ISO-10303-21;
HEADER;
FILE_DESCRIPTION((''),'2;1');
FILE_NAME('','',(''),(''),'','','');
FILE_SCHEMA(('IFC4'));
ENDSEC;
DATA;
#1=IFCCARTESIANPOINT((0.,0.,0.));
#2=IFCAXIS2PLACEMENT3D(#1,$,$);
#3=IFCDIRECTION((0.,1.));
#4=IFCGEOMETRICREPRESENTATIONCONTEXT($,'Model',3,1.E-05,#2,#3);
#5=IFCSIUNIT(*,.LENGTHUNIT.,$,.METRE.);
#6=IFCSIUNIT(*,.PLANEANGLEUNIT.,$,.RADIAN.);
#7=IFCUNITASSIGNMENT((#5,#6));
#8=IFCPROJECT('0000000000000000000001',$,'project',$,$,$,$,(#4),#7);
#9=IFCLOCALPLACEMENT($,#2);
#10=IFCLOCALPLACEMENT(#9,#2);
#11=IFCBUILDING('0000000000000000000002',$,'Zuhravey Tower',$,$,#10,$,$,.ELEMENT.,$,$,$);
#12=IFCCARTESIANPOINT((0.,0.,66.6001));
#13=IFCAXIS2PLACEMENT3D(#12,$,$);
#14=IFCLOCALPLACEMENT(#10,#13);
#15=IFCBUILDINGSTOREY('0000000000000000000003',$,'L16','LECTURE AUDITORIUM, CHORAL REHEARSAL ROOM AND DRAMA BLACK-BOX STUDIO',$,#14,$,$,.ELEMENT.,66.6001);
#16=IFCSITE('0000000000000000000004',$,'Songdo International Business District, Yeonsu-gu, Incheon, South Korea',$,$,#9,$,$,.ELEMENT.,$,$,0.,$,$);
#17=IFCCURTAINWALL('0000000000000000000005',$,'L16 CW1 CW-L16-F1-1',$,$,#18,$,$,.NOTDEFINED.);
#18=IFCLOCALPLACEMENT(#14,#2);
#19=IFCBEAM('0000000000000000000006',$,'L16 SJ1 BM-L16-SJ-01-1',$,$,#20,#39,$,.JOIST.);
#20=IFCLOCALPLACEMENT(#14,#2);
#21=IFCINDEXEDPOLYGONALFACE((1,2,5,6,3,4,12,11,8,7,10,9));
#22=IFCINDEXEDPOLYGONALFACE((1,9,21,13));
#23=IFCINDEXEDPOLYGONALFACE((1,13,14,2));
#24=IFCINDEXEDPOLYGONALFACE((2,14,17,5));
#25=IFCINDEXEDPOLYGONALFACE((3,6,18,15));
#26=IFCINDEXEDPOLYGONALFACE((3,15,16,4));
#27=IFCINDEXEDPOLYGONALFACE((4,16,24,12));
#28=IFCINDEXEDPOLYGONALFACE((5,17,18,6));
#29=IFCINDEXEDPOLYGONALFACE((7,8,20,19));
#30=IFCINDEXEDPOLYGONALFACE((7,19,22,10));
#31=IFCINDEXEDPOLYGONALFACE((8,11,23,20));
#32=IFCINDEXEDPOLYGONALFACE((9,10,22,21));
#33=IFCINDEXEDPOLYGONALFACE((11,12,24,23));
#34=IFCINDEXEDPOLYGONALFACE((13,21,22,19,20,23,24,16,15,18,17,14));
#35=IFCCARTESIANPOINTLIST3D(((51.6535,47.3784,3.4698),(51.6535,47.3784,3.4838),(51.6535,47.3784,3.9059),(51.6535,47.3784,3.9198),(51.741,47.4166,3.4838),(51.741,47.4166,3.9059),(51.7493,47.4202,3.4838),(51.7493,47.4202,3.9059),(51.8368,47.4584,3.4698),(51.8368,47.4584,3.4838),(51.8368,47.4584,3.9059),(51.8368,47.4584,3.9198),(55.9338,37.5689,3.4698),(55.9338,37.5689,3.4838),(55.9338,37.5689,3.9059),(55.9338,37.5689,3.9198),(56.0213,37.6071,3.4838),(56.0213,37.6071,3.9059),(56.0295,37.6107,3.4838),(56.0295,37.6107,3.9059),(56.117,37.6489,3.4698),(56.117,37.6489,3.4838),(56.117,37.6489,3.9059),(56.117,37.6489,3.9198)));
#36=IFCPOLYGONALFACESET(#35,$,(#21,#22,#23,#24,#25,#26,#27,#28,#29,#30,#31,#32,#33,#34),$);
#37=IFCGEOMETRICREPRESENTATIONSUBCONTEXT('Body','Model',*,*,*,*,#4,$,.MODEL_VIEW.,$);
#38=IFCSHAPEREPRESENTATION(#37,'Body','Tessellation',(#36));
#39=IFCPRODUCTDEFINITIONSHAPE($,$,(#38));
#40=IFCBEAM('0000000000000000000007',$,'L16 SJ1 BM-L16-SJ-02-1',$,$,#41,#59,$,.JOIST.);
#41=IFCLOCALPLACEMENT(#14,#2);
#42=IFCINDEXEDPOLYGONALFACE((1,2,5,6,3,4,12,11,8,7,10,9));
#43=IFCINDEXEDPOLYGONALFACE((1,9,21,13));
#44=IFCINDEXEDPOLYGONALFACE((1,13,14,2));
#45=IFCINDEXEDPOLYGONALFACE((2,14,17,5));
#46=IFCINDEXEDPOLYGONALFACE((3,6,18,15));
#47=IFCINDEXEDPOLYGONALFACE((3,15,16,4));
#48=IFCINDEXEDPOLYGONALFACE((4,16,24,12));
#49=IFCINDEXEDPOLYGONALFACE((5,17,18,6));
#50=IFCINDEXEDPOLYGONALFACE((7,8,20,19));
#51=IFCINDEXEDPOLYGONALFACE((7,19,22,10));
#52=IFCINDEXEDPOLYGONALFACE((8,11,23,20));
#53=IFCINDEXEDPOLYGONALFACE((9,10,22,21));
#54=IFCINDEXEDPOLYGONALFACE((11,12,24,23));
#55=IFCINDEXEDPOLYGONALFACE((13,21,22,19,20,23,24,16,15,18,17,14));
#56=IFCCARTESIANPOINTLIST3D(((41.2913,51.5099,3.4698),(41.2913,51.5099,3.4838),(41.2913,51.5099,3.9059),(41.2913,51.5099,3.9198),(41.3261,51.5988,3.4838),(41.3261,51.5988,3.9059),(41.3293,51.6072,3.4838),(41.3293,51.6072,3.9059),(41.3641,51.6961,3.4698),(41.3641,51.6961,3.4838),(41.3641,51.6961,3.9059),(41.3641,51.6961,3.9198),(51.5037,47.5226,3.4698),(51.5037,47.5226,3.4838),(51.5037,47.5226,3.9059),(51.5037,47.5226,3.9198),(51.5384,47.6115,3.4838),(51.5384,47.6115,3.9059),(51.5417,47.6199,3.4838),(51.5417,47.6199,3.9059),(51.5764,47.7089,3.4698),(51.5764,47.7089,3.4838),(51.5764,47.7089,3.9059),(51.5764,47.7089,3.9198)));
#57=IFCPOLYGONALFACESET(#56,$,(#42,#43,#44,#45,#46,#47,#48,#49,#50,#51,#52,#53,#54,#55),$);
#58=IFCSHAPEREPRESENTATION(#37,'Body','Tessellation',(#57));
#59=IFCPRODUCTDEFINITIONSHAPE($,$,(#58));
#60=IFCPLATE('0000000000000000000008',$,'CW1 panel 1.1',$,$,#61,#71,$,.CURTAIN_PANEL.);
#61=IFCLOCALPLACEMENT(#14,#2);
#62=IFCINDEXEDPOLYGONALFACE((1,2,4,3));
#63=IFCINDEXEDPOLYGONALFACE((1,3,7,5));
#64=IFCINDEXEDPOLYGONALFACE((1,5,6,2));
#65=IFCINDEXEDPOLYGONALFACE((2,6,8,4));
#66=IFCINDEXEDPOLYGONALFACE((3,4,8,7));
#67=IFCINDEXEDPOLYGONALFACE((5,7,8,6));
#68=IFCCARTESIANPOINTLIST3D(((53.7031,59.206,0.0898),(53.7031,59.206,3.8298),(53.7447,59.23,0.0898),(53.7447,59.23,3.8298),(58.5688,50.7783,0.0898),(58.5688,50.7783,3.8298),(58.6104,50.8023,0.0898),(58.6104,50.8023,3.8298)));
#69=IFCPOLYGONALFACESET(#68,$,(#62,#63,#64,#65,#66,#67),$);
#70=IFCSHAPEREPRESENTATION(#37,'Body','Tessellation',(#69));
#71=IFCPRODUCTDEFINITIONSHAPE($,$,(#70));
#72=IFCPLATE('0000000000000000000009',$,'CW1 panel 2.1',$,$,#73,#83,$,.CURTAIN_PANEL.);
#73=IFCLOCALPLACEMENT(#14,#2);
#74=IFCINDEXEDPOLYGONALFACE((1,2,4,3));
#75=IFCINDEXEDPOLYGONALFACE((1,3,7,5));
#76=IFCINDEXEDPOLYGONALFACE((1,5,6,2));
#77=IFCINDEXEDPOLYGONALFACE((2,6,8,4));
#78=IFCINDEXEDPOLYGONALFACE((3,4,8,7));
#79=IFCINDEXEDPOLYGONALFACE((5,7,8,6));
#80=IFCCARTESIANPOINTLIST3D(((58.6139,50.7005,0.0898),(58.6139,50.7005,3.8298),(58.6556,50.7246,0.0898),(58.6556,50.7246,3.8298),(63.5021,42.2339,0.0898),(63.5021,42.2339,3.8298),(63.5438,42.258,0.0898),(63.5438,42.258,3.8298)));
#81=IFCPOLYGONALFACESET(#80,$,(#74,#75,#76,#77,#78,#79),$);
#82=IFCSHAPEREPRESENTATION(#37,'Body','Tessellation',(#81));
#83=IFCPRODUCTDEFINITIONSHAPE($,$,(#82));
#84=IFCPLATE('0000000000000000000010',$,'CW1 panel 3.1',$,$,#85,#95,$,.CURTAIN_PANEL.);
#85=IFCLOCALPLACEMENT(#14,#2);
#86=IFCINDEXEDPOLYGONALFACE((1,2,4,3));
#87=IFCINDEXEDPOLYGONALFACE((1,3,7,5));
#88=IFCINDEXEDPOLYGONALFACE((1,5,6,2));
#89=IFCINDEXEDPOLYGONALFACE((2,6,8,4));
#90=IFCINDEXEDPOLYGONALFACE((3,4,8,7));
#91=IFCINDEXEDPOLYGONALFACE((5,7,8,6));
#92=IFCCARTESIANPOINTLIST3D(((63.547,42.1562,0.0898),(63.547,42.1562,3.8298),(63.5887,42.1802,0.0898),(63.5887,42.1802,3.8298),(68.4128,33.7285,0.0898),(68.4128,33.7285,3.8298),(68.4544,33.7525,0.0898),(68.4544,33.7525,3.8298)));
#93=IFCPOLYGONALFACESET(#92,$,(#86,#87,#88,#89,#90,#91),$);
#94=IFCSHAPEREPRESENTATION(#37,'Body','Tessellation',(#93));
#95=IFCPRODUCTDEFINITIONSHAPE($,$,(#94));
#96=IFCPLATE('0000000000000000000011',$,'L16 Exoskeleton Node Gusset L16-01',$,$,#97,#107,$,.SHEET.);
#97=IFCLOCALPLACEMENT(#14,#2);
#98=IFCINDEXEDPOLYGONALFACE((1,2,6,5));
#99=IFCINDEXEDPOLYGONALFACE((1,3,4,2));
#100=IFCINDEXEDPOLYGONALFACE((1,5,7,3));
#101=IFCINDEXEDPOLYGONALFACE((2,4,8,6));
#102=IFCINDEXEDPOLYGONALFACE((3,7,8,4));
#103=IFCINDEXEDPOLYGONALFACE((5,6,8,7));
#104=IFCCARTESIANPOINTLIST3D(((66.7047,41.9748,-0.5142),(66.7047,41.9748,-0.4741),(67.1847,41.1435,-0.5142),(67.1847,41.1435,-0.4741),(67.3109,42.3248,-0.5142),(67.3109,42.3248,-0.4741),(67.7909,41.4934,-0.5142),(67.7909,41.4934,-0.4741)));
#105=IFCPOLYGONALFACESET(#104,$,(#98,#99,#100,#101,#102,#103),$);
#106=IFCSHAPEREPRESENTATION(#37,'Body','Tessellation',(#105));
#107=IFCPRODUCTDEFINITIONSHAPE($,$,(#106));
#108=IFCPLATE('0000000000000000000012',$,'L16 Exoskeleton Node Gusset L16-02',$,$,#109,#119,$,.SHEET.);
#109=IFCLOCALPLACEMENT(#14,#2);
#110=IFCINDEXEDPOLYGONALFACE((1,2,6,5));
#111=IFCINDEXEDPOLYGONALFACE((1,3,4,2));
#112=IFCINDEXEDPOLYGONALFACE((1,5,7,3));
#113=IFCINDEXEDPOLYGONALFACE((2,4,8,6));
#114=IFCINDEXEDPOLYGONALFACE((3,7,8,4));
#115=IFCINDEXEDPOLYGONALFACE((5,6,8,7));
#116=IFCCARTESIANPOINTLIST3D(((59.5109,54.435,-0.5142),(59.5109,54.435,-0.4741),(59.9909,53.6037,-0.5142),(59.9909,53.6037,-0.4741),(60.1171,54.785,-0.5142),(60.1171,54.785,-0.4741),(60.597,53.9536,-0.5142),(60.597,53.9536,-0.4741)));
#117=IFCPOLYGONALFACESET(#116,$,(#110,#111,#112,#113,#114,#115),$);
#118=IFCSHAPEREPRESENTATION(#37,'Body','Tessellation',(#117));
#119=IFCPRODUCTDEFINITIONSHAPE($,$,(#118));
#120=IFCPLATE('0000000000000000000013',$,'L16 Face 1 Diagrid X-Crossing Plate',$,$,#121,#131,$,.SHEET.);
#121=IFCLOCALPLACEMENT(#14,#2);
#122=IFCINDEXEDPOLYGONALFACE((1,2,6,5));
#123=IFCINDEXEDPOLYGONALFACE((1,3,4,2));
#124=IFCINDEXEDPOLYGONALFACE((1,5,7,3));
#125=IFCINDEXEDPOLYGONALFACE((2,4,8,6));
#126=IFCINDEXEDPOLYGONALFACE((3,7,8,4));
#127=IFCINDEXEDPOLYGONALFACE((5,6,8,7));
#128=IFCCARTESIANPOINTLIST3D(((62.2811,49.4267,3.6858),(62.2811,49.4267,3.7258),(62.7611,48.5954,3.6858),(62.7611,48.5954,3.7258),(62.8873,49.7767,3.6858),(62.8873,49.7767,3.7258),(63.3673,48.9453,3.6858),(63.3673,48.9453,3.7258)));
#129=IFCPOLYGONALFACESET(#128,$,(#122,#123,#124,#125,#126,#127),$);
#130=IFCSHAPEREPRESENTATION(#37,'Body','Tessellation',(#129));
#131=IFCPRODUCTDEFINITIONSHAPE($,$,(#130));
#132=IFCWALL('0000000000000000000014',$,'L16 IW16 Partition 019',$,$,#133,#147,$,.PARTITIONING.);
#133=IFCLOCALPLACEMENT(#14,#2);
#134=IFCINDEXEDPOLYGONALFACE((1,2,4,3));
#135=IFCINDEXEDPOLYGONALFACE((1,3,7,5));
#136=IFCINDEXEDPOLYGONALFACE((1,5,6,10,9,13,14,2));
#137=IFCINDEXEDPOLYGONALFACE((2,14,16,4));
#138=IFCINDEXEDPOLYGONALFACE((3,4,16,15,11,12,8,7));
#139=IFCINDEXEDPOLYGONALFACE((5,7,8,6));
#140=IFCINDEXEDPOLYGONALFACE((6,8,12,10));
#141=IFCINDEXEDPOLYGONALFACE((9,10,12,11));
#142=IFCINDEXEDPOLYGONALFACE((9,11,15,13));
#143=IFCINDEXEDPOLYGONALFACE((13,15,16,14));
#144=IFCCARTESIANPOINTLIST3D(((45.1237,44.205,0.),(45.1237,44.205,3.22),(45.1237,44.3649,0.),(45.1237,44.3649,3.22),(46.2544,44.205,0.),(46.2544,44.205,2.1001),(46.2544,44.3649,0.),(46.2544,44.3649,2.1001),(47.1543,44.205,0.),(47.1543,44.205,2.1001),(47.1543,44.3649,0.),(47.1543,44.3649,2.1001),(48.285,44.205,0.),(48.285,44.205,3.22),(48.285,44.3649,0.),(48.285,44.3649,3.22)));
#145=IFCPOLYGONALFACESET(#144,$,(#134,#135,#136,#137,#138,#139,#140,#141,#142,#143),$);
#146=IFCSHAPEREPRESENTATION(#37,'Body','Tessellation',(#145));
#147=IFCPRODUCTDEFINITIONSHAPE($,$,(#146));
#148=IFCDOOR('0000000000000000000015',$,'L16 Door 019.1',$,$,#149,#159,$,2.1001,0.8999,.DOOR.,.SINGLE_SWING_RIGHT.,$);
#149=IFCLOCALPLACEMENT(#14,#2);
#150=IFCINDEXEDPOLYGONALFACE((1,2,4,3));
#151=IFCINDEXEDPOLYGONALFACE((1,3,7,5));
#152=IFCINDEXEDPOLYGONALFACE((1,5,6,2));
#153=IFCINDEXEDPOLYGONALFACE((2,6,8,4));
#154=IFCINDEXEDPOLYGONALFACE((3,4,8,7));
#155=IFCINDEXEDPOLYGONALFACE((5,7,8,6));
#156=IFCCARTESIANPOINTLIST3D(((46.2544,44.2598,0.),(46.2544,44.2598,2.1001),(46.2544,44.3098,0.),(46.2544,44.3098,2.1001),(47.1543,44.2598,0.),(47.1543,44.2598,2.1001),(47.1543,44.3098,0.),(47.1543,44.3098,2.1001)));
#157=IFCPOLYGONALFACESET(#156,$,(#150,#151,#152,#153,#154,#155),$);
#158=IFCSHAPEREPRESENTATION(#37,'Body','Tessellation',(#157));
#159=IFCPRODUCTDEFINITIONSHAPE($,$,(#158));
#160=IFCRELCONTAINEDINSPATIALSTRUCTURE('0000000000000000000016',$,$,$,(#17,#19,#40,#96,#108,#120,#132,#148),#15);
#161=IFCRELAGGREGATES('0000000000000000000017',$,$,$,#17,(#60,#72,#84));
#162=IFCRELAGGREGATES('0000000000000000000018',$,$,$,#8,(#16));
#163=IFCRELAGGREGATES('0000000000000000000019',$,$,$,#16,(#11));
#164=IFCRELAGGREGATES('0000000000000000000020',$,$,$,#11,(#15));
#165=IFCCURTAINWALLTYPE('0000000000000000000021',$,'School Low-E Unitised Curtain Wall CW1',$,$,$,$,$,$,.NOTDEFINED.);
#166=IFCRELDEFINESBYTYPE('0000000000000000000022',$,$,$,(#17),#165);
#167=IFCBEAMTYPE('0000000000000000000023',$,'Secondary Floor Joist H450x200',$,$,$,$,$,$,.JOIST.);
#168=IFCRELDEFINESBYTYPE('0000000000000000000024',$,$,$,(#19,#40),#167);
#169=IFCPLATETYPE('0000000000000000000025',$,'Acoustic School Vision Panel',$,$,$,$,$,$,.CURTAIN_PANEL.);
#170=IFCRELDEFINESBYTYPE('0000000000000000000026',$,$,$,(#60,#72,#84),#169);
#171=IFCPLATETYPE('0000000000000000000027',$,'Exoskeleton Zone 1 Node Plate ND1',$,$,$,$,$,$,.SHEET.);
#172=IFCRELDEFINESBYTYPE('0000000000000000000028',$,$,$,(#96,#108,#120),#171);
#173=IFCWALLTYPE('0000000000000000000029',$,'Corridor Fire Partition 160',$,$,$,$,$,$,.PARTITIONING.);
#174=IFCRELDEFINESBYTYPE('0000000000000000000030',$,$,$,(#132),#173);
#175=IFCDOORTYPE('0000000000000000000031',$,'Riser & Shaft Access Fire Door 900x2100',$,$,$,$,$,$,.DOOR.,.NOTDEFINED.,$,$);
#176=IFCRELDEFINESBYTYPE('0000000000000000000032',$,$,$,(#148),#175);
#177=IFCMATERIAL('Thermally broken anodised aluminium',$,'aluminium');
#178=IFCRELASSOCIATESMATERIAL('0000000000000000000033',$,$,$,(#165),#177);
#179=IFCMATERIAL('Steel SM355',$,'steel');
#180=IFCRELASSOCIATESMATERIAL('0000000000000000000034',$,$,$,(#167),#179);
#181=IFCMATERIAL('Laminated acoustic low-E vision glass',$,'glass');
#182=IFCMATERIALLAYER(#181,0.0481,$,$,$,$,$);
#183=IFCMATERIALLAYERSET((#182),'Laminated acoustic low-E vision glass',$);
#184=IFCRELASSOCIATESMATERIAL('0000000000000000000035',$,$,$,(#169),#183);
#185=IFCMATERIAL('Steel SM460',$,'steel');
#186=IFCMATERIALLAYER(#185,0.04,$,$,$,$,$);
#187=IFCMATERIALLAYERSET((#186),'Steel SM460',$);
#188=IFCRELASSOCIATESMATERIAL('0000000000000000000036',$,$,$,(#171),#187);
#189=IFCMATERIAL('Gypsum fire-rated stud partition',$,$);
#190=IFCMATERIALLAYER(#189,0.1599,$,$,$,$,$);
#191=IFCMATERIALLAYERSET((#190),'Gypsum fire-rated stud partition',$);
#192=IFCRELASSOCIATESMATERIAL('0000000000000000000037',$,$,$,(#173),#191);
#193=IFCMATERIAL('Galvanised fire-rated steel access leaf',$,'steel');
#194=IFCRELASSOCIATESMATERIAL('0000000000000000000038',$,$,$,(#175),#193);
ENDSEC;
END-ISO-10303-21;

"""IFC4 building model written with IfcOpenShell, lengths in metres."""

from ifc_helpers import new_model, si_unit, direction, frame, frame_2d, origin, origin_2d, place, context, subcontext, project, spatial, rectangle, i_section, extrude, material, layer, layer_set, material_profile, profile_set, type_object, element, fill, aggregate, save


model = new_model("IFC4")

# Units and contexts
model_context = context("Model", 3, precision=1e-05, world=origin(), true_north=direction((0.0, 1.0)))
body_context = subcontext(model_context, "Body", "Model", "MODEL_VIEW")
ifc_project = project(units=[si_unit("LENGTHUNIT", "METRE"), si_unit("PLANEANGLEUNIT", "RADIAN")], contexts=[model_context])

# Site, building, storey
site_placement = place(None, origin())
site = spatial("IfcSite", under=ifc_project, at=site_placement, Name="Songdo International Business District, Yeonsu-gu, Incheon, South Korea", CompositionType="ELEMENT", RefElevation=0.0)
building_placement = place(site_placement, origin())
building = spatial("IfcBuilding", under=site, at=building_placement, Name="Zuhravey Tower", CompositionType="ELEMENT")
storey_placement = place(building_placement, frame((0.0, 0.0, 66.6001)))
storey = spatial("IfcBuildingStorey", under=building, at=storey_placement, Name="L16", Description="LECTURE AUDITORIUM, CHORAL REHEARSAL ROOM AND DRAMA BLACK-BOX STUDIO", CompositionType="ELEMENT", Elevation=66.6001)

# Shared definitions
ifc_material_1 = material(Name="Thermally broken anodised aluminium", Category="aluminium")
curtain_wall_type = type_object("IfcCurtainWallType", Name="School Low-E Unitised Curtain Wall CW1", PredefinedType="NOTDEFINED", material=ifc_material_1)

# Curtain wall
curtain_wall_1_placement = place(storey_placement, origin())
curtain_wall_1 = element("IfcCurtainWall", 1, at=curtain_wall_1_placement, inside=storey, type_object=curtain_wall_type, Name="L16 CW1 CW-L16-F1-1", PredefinedType="NOTDEFINED")

# Shared definitions
ifc_material_2 = material(Name="Steel SM355", Category="steel")
ifc_material_3 = material(Name="Steel SM460", Category="steel")

# Beams
ifc_material_profile_1 = material_profile(ifc_material_2, i_section(OverallWidth=0.2, OverallDepth=0.45, WebThickness=0.009, FlangeThickness=0.0139, at=origin_2d()), Name="H-450x200x9x14")
ifc_profile_set_1 = profile_set([ifc_material_profile_1], Name="Steel SM355")
beam_type_1 = type_object("IfcBeamType", Name="Secondary Floor Joist H450x200", PredefinedType="JOIST", material=ifc_profile_set_1)
beam_1_placement = place(storey_placement, frame((56.0254, 37.6089, 3.6948), z_axis=(-0.399924, 0.916549, 0.0), x_axis=(-0.916549, -0.399924, 0.0)))
element("IfcBeam", 2, at=beam_1_placement, inside=storey, type_object=beam_type_1, Name="L16 SJ1 BM-L16-SJ-01-1", PredefinedType="JOIST", context=body_context, shape_type="SweptSolid", body=[
    extrude(i_section(OverallWidth=0.2, OverallDepth=0.45, WebThickness=0.009, FlangeThickness=0.0139, at=origin_2d()), origin(), (0.0, 0.0, 1.0), 10.7026),
])
beam_2_placement = place(storey_placement, frame((51.54, 47.6157, 3.6948), z_axis=(-0.931517, 0.363699, 0.0), x_axis=(-0.363699, -0.931517, 0.0)))
element("IfcBeam", 3, at=beam_2_placement, inside=storey, type_object=beam_type_1, Name="L16 SJ1 BM-L16-SJ-02-1", PredefinedType="JOIST", context=body_context, shape_type="SweptSolid", body=[
    extrude(i_section(OverallWidth=0.2, OverallDepth=0.45, WebThickness=0.009, FlangeThickness=0.0139, at=origin_2d()), origin(), (0.0, 0.0, 1.0), 10.9631),
])

# Plates
ifc_material_4 = material(Name="Laminated acoustic low-E vision glass", Category="glass")
ifc_layer_1 = layer(ifc_material_4, 0.0481)
ifc_layer_set_1 = layer_set([ifc_layer_1], Name="Laminated acoustic low-E vision glass")
plate_type_1 = type_object("IfcPlateType", Name="Acoustic School Vision Panel", PredefinedType="CURTAIN_PANEL", material=ifc_layer_set_1)
plate_1_placement = place(storey_placement, frame((56.1567, 55.0042, 0.0898), z_axis=(0.0, 0.0, 1.0), x_axis=(0.5, -0.866026, 0.0)))
plate_1 = element("IfcPlate", 4, at=plate_1_placement, type_object=plate_type_1, Name="CW1 panel 1.1", PredefinedType="CURTAIN_PANEL", context=body_context, shape_type="SweptSolid", body=[
    extrude(rectangle(XDim=9.7314, YDim=0.0481, at=origin_2d()), origin(), (0.0, 0.0, 1.0), 3.74),
])
plate_2_placement = place(storey_placement, frame((61.0789, 46.4792, 0.0898), z_axis=(0.0, 0.0, 1.0), x_axis=(0.5, -0.866026, 0.0)))
plate_2 = element("IfcPlate", 5, at=plate_2_placement, type_object=plate_type_1, Name="CW1 panel 2.1", PredefinedType="CURTAIN_PANEL", context=body_context, shape_type="SweptSolid", body=[
    extrude(rectangle(XDim=9.7764, YDim=0.0481, at=origin_2d()), origin(), (0.0, 0.0, 1.0), 3.74),
])
plate_3_placement = place(storey_placement, frame((66.0007, 37.9543, 0.0898), z_axis=(0.0, 0.0, 1.0), x_axis=(0.5, -0.866026, 0.0)))
plate_3 = element("IfcPlate", 6, at=plate_3_placement, type_object=plate_type_1, Name="CW1 panel 3.1", PredefinedType="CURTAIN_PANEL", context=body_context, shape_type="SweptSolid", body=[
    extrude(rectangle(XDim=9.7314, YDim=0.0481, at=origin_2d()), origin(), (0.0, 0.0, 1.0), 3.74),
])
aggregate(curtain_wall_1, [plate_1, plate_2, plate_3])

# Plates
ifc_layer_2 = layer(ifc_material_3, 0.04)
ifc_layer_set_2 = layer_set([ifc_layer_2], Name="Steel SM460")
plate_type_2 = type_object("IfcPlateType", Name="Exoskeleton Zone 1 Node Plate ND1", PredefinedType="SHEET", material=ifc_layer_set_2)
for number, where, z_axis, x_axis, name in (
    (7, (67.2478, 41.7341, -0.5142), (0.0, 0.0, 1.0), (-0.5, 0.866025, 0.0), "L16 Exoskeleton Node Gusset L16-01"),
    (8, (60.054, 54.1943, -0.5142), (0.0, 0.0, 1.0), (-0.5, 0.866025, 0.0), "L16 Exoskeleton Node Gusset L16-02"),
    (9, (62.8242, 49.186, 3.6858), (0.0, 0.0, 1.0), (-0.5, 0.866025, 0.0), "L16 Face 1 Diagrid X-Crossing Plate"),
):
    element("IfcPlate", number, at=place(storey_placement, frame(where, z_axis=z_axis, x_axis=x_axis)), inside=storey, type_object=plate_type_2, Name=name, PredefinedType="SHEET", context=body_context, shape_type="SweptSolid", body=[
        extrude(rectangle(XDim=0.96, YDim=0.7, at=origin_2d()), origin(), (0.0, 0.0, 1.0), 0.04),
    ])

# Wall, opening, door
ifc_material_5 = material(Name="Gypsum fire-rated stud partition")
ifc_layer_3 = layer(ifc_material_5, 0.1599)
ifc_layer_set_3 = layer_set([ifc_layer_3], Name="Gypsum fire-rated stud partition")
wall_type_1 = type_object("IfcWallType", Name="Corridor Fire Partition 160", PredefinedType="PARTITIONING", material=ifc_layer_set_3)
wall_1_placement = place(storey_placement, frame((48.2849, 44.2849, 0.0), z_axis=(0.0, 0.0, 1.0), x_axis=(-1.0, 0.0, 0.0)))
wall_1 = element("IfcWall", 10, at=wall_1_placement, inside=storey, type_object=wall_type_1, Name="L16 IW16 Partition 019", PredefinedType="PARTITIONING", context=body_context, shape_type="SweptSolid", body=[
    extrude(rectangle(XDim=3.1614, YDim=0.1599, at=frame_2d((1.5806, 0.0))), origin(), (0.0, 0.0, 1.0), 3.22),
])
opening_1_placement = place(wall_1_placement, frame((1.1306, 0.0, 0.0)))
opening_1 = element("IfcOpeningElement", 11, at=opening_1_placement, cuts=wall_1, PredefinedType="OPENING", context=body_context, shape_type="SweptSolid", body=[
    extrude(rectangle(XDim=0.8999, YDim=2.1001, at=frame_2d((0.45, 1.05))), frame((0.0, 0.092, 0.0), z_axis=(0.0, -1.0, 0.0), x_axis=(1.0, 0.0, 0.0)), (0.0, 0.0, 1.0), 0.1838),
])
ifc_material_6 = material(Name="Galvanised fire-rated steel access leaf", Category="steel")
door_type_1 = type_object("IfcDoorType", Name="Riser & Shaft Access Fire Door 900x2100", OperationType="NOTDEFINED", PredefinedType="DOOR", material=ifc_material_6)
door_1_placement = place(opening_1_placement, frame((0.8999, 0.0, 0.0), z_axis=(0.0, 0.0, 1.0), x_axis=(-1.0, 0.0, 0.0)))
door_1 = element("IfcDoor", 12, at=door_1_placement, inside=storey, type_object=door_type_1, Name="L16 Door 019.1", OperationType="SINGLE_SWING_RIGHT", OverallHeight=2.1001, OverallWidth=0.8999, PredefinedType="DOOR", context=body_context, shape_type="SweptSolid", body=[
    extrude(rectangle(XDim=0.8999, YDim=2.1001, at=frame_2d((0.45, 1.05))), frame((0.0, 0.0249, 0.0), z_axis=(0.0, -1.0, 0.0), x_axis=(1.0, 0.0, 0.0)), (0.0, 0.0, 1.0), 0.05),
])
fill(opening_1, door_1)

save(model, "model.ifc")
